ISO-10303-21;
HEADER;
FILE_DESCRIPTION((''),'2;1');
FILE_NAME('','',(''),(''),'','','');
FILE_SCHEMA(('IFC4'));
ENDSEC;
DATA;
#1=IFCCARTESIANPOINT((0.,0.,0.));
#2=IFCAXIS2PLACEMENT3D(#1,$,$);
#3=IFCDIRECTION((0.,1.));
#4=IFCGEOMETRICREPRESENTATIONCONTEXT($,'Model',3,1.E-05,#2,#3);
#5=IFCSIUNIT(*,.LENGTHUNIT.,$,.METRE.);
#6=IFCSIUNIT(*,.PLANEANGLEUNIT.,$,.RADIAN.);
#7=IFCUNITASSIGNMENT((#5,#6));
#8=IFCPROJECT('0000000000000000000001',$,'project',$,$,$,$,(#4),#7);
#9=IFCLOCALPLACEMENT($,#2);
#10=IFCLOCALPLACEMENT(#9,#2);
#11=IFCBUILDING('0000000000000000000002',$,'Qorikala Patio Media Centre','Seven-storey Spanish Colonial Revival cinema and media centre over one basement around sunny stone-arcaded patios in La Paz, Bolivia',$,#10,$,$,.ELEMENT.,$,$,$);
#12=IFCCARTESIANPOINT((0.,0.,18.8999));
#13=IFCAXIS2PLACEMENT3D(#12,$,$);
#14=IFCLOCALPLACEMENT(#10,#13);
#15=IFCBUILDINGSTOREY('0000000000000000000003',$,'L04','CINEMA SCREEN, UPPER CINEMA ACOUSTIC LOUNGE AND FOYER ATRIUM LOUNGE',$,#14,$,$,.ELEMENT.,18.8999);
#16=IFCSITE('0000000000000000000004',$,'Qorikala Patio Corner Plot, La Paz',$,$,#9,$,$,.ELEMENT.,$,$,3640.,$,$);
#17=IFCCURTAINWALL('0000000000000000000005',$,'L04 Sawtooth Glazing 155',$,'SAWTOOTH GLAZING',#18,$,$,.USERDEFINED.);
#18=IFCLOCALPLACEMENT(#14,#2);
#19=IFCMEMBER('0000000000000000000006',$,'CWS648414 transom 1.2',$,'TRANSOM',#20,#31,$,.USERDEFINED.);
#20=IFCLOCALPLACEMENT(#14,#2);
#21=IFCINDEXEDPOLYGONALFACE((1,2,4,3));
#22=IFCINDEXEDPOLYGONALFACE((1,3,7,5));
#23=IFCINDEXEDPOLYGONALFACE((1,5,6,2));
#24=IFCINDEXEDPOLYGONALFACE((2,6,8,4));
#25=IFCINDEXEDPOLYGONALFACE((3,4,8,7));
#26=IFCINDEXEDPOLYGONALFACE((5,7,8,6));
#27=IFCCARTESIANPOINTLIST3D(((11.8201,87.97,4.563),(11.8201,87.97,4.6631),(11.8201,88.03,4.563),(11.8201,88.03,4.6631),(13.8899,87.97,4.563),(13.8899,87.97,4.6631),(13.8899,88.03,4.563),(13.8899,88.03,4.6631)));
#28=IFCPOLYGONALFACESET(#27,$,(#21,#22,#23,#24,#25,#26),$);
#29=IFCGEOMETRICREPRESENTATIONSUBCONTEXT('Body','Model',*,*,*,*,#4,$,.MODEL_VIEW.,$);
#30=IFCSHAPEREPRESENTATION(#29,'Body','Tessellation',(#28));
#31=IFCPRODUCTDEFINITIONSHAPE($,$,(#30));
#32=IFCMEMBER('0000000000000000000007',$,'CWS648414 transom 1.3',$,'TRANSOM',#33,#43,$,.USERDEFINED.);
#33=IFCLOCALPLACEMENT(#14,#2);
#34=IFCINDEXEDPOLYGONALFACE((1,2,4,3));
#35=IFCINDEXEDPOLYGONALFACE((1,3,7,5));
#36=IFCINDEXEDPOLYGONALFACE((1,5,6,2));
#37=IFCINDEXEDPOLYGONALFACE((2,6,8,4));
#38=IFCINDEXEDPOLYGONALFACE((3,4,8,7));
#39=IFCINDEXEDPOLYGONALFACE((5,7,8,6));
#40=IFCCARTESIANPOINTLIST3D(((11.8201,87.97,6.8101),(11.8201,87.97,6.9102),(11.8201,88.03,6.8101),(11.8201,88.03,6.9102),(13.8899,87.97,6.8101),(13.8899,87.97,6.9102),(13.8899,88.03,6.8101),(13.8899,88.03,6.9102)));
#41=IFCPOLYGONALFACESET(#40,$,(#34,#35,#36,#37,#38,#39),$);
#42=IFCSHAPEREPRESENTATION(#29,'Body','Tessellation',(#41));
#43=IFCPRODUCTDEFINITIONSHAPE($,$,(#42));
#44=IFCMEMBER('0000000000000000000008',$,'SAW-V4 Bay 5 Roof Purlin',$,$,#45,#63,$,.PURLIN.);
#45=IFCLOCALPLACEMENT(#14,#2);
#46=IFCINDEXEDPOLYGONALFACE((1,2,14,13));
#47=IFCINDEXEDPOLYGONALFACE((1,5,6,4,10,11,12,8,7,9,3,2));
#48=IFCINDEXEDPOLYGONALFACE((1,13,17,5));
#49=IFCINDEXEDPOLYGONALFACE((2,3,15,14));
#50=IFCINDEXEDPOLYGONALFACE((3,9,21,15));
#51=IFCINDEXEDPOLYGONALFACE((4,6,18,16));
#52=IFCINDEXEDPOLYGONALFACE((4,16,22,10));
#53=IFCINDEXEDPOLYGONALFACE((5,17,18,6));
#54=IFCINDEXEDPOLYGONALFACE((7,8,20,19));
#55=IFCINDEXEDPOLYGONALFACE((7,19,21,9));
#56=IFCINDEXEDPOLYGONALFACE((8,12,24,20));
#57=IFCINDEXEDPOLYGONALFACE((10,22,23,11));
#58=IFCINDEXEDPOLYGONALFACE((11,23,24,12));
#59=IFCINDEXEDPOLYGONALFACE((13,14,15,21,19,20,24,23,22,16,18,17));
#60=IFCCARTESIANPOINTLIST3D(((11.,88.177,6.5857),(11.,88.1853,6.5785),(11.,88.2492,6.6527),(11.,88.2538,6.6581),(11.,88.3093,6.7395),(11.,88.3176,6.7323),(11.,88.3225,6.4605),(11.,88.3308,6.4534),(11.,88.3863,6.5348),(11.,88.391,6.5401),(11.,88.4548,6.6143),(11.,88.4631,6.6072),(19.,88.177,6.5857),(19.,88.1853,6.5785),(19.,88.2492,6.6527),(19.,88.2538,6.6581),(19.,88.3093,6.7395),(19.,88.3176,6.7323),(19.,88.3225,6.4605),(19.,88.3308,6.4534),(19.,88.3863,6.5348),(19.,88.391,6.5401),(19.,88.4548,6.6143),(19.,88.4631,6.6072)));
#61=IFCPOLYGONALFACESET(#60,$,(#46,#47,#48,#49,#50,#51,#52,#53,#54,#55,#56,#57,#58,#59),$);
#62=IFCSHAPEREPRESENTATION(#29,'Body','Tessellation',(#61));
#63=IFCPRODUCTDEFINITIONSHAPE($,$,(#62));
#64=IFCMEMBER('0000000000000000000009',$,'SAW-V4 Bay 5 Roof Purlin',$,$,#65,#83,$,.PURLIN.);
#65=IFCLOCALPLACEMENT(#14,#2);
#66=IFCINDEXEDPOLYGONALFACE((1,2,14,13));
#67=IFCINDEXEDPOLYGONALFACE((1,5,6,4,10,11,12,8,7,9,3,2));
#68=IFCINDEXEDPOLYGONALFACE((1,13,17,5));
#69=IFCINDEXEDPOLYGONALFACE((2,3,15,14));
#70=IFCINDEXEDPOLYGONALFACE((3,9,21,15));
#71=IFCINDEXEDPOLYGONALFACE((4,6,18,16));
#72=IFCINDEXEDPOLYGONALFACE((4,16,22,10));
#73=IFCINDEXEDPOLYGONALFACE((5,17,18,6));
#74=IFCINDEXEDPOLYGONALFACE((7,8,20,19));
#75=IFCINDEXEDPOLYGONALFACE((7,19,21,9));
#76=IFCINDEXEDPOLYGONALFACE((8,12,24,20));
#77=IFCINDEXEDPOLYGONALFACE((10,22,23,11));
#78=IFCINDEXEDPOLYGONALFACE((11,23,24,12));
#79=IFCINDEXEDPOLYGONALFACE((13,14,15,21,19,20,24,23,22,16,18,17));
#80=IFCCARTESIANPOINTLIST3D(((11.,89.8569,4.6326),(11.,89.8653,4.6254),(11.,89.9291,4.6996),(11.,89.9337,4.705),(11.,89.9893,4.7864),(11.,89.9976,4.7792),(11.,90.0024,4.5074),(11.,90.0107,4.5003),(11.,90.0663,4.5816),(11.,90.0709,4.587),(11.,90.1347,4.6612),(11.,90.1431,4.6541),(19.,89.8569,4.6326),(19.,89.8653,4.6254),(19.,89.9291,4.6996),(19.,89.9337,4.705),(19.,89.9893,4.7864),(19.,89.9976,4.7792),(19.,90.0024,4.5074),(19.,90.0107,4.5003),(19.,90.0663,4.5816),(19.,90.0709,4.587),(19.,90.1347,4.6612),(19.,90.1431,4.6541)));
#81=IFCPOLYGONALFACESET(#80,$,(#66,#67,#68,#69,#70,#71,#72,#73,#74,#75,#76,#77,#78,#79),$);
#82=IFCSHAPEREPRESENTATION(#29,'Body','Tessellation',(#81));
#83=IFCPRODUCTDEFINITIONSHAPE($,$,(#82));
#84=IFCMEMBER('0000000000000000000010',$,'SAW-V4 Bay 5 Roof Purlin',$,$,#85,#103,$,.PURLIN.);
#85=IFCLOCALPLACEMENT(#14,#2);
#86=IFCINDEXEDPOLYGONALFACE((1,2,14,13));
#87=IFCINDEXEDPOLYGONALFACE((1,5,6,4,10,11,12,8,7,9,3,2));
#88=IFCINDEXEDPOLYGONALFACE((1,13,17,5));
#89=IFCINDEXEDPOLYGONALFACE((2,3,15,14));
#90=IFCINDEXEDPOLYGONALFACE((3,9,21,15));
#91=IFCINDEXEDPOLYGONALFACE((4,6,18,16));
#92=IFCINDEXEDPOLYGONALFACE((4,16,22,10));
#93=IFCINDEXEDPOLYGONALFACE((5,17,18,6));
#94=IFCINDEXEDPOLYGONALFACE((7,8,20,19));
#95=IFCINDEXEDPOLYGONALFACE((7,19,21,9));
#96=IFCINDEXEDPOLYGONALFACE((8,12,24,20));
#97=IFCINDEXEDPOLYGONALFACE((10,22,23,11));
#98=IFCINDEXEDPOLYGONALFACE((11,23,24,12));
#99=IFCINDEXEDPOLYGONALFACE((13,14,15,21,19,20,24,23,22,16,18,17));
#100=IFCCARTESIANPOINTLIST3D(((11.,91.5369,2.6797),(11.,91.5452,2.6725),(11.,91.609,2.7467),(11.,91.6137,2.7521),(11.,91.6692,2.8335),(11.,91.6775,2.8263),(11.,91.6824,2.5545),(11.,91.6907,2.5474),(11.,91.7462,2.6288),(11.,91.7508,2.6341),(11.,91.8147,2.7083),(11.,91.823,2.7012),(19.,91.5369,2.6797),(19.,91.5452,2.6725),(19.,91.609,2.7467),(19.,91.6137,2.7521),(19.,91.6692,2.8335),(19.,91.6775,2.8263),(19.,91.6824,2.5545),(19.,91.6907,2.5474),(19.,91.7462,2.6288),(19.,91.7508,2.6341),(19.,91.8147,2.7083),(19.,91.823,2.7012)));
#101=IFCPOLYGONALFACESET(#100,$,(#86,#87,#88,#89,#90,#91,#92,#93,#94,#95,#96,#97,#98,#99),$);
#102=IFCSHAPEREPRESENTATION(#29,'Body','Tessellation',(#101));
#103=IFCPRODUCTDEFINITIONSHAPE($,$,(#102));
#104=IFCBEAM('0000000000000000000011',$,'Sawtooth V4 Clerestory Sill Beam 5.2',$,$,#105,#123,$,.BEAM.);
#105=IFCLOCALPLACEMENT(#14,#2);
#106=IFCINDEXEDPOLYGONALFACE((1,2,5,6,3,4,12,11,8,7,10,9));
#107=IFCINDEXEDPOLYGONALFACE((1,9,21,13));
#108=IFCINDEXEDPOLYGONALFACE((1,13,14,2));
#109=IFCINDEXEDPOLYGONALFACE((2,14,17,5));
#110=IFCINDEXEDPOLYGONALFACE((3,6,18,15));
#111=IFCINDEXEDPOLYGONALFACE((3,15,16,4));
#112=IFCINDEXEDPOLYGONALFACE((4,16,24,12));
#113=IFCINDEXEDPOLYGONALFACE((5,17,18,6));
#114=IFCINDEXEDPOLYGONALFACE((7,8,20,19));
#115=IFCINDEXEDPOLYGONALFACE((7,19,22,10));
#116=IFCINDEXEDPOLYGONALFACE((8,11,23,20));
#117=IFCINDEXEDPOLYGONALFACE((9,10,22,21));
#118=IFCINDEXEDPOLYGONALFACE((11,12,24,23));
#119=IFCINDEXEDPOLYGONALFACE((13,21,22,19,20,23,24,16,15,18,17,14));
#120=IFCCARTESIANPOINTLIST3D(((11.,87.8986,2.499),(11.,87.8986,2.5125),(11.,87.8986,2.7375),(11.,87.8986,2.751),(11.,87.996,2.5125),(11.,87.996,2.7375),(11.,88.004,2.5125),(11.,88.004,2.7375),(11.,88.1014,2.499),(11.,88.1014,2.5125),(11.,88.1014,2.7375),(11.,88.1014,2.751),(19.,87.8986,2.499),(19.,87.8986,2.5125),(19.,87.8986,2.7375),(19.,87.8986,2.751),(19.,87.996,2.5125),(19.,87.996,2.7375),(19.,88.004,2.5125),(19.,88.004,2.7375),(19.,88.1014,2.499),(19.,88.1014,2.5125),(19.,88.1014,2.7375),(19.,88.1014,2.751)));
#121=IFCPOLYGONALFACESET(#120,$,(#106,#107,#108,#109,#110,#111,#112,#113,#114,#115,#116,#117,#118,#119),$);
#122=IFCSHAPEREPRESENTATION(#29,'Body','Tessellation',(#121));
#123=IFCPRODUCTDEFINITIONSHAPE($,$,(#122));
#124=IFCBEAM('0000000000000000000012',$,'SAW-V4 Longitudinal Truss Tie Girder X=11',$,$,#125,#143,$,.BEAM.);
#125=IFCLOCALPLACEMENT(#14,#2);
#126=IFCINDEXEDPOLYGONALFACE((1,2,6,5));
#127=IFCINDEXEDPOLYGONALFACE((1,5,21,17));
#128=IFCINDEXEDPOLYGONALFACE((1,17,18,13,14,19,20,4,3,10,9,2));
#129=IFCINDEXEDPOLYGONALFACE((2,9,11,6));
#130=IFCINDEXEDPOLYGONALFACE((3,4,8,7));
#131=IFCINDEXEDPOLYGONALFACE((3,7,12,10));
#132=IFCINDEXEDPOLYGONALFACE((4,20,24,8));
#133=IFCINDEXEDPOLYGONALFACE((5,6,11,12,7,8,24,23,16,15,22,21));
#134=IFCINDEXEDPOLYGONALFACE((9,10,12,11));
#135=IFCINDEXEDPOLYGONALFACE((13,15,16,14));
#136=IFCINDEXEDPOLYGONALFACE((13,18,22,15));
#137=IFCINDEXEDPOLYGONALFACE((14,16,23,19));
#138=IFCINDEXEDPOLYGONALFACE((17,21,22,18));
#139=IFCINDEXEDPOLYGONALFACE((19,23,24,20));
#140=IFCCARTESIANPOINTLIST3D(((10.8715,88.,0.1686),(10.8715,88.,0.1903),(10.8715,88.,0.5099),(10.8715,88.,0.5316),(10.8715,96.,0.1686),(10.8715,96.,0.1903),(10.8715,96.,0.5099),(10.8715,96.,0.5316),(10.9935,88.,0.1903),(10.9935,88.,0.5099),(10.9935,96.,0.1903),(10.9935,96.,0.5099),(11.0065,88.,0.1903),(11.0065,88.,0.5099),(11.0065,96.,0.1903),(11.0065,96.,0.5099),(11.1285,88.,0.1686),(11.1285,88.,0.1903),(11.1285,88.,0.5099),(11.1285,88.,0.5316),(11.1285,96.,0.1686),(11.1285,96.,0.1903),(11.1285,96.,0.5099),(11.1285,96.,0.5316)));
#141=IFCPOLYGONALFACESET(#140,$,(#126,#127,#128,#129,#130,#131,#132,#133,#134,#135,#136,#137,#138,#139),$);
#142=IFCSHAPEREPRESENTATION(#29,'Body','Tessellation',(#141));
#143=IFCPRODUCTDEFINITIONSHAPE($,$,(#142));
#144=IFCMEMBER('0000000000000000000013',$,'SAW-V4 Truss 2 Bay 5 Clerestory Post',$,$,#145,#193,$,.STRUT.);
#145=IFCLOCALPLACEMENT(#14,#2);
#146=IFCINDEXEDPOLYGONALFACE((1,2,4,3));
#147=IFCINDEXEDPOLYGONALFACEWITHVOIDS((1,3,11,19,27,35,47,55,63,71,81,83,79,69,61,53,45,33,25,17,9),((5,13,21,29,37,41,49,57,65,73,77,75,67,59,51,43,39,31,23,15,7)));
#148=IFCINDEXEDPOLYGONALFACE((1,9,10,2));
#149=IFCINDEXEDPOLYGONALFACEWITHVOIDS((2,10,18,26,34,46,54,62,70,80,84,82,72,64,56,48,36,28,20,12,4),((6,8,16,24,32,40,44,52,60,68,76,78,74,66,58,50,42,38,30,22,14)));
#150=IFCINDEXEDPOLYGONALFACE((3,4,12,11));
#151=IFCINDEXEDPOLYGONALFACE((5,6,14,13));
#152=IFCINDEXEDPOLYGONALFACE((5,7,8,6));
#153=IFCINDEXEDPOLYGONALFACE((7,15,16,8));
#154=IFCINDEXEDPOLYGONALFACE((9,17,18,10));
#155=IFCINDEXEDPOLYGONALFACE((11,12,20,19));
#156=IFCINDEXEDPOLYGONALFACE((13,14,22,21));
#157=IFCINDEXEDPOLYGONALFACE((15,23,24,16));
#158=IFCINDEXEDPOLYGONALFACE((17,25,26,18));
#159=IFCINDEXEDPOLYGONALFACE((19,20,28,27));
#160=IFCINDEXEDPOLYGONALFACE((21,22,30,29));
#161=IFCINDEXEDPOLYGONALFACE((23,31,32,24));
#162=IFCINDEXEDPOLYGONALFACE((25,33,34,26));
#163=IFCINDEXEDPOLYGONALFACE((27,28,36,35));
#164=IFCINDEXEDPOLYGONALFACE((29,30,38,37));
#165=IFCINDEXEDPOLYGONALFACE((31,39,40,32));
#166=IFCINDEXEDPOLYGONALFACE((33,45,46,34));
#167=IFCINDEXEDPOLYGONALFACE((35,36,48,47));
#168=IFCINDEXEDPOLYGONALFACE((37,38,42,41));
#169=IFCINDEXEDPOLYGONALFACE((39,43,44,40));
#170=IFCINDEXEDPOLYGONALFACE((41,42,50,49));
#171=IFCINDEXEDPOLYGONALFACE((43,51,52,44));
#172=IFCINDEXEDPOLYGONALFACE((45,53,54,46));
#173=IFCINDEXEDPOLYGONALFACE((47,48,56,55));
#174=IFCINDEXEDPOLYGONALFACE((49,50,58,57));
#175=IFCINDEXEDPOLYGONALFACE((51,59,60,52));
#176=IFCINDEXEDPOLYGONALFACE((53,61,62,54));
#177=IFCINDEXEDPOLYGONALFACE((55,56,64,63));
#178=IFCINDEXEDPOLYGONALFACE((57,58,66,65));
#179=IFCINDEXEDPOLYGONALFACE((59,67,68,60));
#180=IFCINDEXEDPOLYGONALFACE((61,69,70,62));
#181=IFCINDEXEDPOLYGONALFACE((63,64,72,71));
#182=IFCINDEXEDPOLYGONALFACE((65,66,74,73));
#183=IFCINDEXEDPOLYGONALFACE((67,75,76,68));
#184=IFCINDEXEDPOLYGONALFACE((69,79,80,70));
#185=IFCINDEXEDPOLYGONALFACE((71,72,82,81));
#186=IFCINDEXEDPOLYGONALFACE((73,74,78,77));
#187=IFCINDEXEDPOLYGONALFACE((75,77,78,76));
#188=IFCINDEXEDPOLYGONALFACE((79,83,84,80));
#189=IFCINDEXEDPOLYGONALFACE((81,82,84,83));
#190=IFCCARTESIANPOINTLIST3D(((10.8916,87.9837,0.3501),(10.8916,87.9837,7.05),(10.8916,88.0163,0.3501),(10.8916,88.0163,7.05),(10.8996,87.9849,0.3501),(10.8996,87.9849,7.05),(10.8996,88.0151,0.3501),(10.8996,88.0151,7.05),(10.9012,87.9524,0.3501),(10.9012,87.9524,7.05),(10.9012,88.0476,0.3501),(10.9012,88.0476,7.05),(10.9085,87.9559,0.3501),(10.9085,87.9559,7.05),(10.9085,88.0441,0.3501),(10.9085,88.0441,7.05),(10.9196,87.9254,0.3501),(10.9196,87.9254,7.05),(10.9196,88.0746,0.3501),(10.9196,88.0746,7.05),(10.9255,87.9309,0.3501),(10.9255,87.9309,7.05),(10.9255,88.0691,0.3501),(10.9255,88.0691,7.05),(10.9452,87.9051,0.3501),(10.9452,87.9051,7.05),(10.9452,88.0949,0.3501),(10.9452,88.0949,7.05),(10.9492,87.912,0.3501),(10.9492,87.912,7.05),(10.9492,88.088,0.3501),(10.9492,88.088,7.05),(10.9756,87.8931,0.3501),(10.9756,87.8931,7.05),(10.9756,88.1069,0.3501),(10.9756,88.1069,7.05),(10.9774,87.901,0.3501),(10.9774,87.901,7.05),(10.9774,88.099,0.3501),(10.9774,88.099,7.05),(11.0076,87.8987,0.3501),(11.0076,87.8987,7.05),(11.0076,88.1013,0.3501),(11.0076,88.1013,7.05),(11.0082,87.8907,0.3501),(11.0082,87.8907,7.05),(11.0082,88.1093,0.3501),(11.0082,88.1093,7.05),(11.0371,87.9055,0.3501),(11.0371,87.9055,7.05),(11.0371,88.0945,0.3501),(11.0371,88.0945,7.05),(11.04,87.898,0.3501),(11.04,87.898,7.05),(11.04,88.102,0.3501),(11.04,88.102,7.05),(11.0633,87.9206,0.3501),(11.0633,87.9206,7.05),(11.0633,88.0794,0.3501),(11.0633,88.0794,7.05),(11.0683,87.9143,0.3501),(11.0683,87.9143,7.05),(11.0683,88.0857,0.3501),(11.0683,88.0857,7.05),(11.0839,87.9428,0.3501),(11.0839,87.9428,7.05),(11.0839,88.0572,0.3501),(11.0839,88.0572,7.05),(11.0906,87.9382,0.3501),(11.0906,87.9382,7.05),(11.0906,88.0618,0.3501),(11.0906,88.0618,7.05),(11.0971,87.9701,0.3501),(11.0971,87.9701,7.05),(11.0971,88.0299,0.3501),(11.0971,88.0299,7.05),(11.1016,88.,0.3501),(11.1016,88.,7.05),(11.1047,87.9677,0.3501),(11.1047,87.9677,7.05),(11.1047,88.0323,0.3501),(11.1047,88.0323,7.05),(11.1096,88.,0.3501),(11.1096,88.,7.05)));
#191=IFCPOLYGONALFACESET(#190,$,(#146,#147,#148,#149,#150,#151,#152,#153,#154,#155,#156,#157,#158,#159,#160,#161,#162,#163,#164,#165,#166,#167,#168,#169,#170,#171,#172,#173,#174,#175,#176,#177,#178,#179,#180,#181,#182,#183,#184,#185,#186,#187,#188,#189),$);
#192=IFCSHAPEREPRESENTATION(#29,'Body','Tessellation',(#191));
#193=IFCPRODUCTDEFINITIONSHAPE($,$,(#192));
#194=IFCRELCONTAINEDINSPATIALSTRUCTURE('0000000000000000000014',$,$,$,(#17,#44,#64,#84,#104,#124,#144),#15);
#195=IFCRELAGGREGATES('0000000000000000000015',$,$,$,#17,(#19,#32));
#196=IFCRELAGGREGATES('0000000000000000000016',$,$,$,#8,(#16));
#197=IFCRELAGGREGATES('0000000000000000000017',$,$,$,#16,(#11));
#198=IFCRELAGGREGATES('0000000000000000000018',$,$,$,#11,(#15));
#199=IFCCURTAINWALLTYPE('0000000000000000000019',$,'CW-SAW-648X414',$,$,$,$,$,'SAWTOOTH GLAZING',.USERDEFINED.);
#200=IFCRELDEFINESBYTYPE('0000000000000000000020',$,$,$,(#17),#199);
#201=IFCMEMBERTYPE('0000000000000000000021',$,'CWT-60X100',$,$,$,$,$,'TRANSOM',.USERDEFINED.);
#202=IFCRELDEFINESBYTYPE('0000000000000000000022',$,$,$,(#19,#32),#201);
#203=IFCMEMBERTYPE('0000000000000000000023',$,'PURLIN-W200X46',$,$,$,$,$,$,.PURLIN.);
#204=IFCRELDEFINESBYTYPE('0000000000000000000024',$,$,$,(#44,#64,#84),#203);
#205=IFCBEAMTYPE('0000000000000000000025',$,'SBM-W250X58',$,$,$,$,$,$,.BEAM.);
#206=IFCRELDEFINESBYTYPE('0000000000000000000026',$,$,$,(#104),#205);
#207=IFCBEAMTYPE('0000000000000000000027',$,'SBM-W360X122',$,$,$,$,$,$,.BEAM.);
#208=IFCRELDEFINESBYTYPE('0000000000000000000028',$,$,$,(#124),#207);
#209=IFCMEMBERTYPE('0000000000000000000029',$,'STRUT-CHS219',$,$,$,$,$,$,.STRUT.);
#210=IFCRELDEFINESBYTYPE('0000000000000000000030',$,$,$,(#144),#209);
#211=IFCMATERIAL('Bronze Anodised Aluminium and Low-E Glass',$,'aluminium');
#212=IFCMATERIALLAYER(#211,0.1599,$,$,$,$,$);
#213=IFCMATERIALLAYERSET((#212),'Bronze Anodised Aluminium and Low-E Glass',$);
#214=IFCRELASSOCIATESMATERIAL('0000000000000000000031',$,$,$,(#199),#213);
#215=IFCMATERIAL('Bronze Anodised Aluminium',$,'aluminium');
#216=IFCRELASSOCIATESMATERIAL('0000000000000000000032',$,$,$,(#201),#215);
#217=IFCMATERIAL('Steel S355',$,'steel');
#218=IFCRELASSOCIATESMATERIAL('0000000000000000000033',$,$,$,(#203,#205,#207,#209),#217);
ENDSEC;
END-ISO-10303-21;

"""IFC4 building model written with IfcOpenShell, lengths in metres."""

from ifc_helpers import new_model, si_unit, direction, frame, origin, origin_2d, place, context, subcontext, project, spatial, rectangle, hollow_circle, i_section, extrude, material, layer, layer_set, material_profile, profile_set, type_object, element, aggregate, save


model = new_model("IFC4")

# Units and contexts
model_context = context("Model", 3, precision=1e-05, world=origin(), true_north=direction((0.0, 1.0)))
body_context = subcontext(model_context, "Body", "Model", "MODEL_VIEW")
ifc_project = project(units=[si_unit("LENGTHUNIT", "METRE"), si_unit("PLANEANGLEUNIT", "RADIAN")], contexts=[model_context])

# Site, building, storey
site_placement = place(None, origin())
site = spatial("IfcSite", under=ifc_project, at=site_placement, Name="Qorikala Patio Corner Plot, La Paz", CompositionType="ELEMENT", RefElevation=3640.0)
building_placement = place(site_placement, origin())
building = spatial("IfcBuilding", under=site, at=building_placement, Name="Qorikala Patio Media Centre", Description="Seven-storey Spanish Colonial Revival cinema and media centre over one basement around sunny stone-arcaded patios in La Paz, Bolivia", CompositionType="ELEMENT")
storey_placement = place(building_placement, frame((0.0, 0.0, 18.8999)))
storey = spatial("IfcBuildingStorey", under=building, at=storey_placement, Name="L04", Description="CINEMA SCREEN, UPPER CINEMA ACOUSTIC LOUNGE AND FOYER ATRIUM LOUNGE", CompositionType="ELEMENT", Elevation=18.8999)

# Shared definitions
ifc_material_1 = material(Name="Steel S355", Category="steel")

# Shared definitions
ifc_material_2 = material(Name="Bronze Anodised Aluminium and Low-E Glass", Category="aluminium")
ifc_material_3 = material(Name="Bronze Anodised Aluminium", Category="aluminium")

# Curtain wall
ifc_layer_1 = layer(ifc_material_2, 0.1599)
ifc_layer_set_1 = layer_set([ifc_layer_1], Name="Bronze Anodised Aluminium and Low-E Glass")
curtain_wall_type_1 = type_object("IfcCurtainWallType", Name="CW-SAW-648X414", ElementType="SAWTOOTH GLAZING", PredefinedType="USERDEFINED", material=ifc_layer_set_1)
curtain_wall_1_placement = place(storey_placement, origin())
curtain_wall_1 = element("IfcCurtainWall", 1, at=curtain_wall_1_placement, inside=storey, type_object=curtain_wall_type_1, Name="L04 Sawtooth Glazing 155", ObjectType="SAWTOOTH GLAZING", PredefinedType="USERDEFINED")

# Members
ifc_material_profile_1 = material_profile(ifc_material_3, rectangle(XDim=0.0601, YDim=0.1001, at=origin_2d()), Name="ALU TRANSOM 60x100")
ifc_profile_set_1 = profile_set([ifc_material_profile_1], Name="Bronze Anodised Aluminium")
member_type_1 = type_object("IfcMemberType", Name="CWT-60X100", ElementType="TRANSOM", PredefinedType="USERDEFINED", material=ifc_profile_set_1)
member_1_placement = place(storey_placement, frame((11.8201, 88.0, 4.613), z_axis=(1.0, 0.0, 0.0), x_axis=(0.0, 1.0, 0.0)))
member_1 = element("IfcMember", 2, at=member_1_placement, type_object=member_type_1, Name="CWS648414 transom 1.2", ObjectType="TRANSOM", PredefinedType="USERDEFINED", context=body_context, shape_type="SweptSolid", body=[
    extrude(rectangle(XDim=0.0601, YDim=0.1001, at=origin_2d()), origin(), (0.0, 0.0, 1.0), 2.0698),
])
member_2_placement = place(storey_placement, frame((11.8201, 88.0, 6.8601), z_axis=(1.0, 0.0, 0.0), x_axis=(0.0, 1.0, 0.0)))
member_2 = element("IfcMember", 3, at=member_2_placement, type_object=member_type_1, Name="CWS648414 transom 1.3", ObjectType="TRANSOM", PredefinedType="USERDEFINED", context=body_context, shape_type="SweptSolid", body=[
    extrude(rectangle(XDim=0.0601, YDim=0.1001, at=origin_2d()), origin(), (0.0, 0.0, 1.0), 2.0698),
])

# Members
ifc_material_profile_2 = material_profile(ifc_material_1, i_section(OverallWidth=0.2029, OverallDepth=0.2029, WebThickness=0.0071, FlangeThickness=0.011, at=origin_2d()), Name="W200X46")
ifc_profile_set_2 = profile_set([ifc_material_profile_2], Name="Steel S355")
member_type_2 = type_object("IfcMemberType", Name="PURLIN-W200X46", PredefinedType="PURLIN", material=ifc_profile_set_2)
for number, where, z_axis, x_axis, name in (
    (4, (11.0, 88.3201, 6.5964), (1.0, 0.0, 0.0), (0.0, 0.652138, 0.7581), "SAW-V4 Bay 5 Roof Purlin"),
    (5, (11.0, 90.0, 4.6433), (1.0, 0.0, 0.0), (0.0, 0.652138, 0.7581), "SAW-V4 Bay 5 Roof Purlin"),
    (6, (11.0, 91.6799, 2.6904), (1.0, 0.0, 0.0), (0.0, 0.652138, 0.7581), "SAW-V4 Bay 5 Roof Purlin"),
):
    element("IfcMember", number, at=place(storey_placement, frame(where, z_axis=z_axis, x_axis=x_axis)), inside=storey, type_object=member_type_2, Name=name, PredefinedType="PURLIN", context=body_context, shape_type="SweptSolid", body=[
        extrude(i_section(OverallWidth=0.2029, OverallDepth=0.2029, WebThickness=0.0071, FlangeThickness=0.011, at=origin_2d()), origin(), (0.0, 0.0, 1.0), 8.0),
    ])

# Beams
ifc_material_profile_3 = material_profile(ifc_material_1, i_section(OverallWidth=0.2029, OverallDepth=0.252, WebThickness=0.0081, FlangeThickness=0.0134, at=origin_2d()), Name="W250X58")
ifc_profile_set_3 = profile_set([ifc_material_profile_3], Name="Steel S355")
beam_type_1 = type_object("IfcBeamType", Name="SBM-W250X58", PredefinedType="BEAM", material=ifc_profile_set_3)
beam_1_placement = place(storey_placement, frame((11.0, 88.0, 2.625), z_axis=(1.0, 0.0, 0.0), x_axis=(0.0, 1.0, 0.0)))
element("IfcBeam", 7, at=beam_1_placement, inside=storey, type_object=beam_type_1, Name="Sawtooth V4 Clerestory Sill Beam 5.2", PredefinedType="BEAM", context=body_context, shape_type="SweptSolid", body=[
    extrude(i_section(OverallWidth=0.2029, OverallDepth=0.252, WebThickness=0.0081, FlangeThickness=0.0134, at=origin_2d()), origin(), (0.0, 0.0, 1.0), 8.0),
])
ifc_material_profile_4 = material_profile(ifc_material_1, i_section(OverallWidth=0.2571, OverallDepth=0.363, WebThickness=0.0129, FlangeThickness=0.0217, at=origin_2d()), Name="W360X122")
ifc_profile_set_4 = profile_set([ifc_material_profile_4], Name="Steel S355")
beam_type_2 = type_object("IfcBeamType", Name="SBM-W360X122", PredefinedType="BEAM", material=ifc_profile_set_4)
beam_2_placement = place(storey_placement, frame((11.0, 88.0, 0.3501), z_axis=(0.0, 1.0, 0.0), x_axis=(-1.0, 0.0, 0.0)))
element("IfcBeam", 8, at=beam_2_placement, inside=storey, type_object=beam_type_2, Name="SAW-V4 Longitudinal Truss Tie Girder X=11", PredefinedType="BEAM", context=body_context, shape_type="SweptSolid", body=[
    extrude(i_section(OverallWidth=0.2571, OverallDepth=0.363, WebThickness=0.0129, FlangeThickness=0.0217, at=origin_2d()), origin(), (0.0, 0.0, 1.0), 8.0),
])

# Member
ifc_material_profile_5 = material_profile(ifc_material_1, hollow_circle(Radius=0.1096, WallThickness=0.0081, at=origin_2d()), Name="CHS219X8")
ifc_profile_set_5 = profile_set([ifc_material_profile_5], Name="Steel S355")
member_type_3 = type_object("IfcMemberType", Name="STRUT-CHS219", PredefinedType="STRUT", material=ifc_profile_set_5)
member_3_placement = place(storey_placement, frame((11.0, 88.0, 0.3501), z_axis=(0.0, 0.0, 1.0), x_axis=(1.0, 0.0, 0.0)))
element("IfcMember", 9, at=member_3_placement, inside=storey, type_object=member_type_3, Name="SAW-V4 Truss 2 Bay 5 Clerestory Post", PredefinedType="STRUT", context=body_context, shape_type="SweptSolid", body=[
    extrude(hollow_circle(Radius=0.1096, WallThickness=0.0081, at=origin_2d()), origin(), (0.0, 0.0, 1.0), 6.7),
])

aggregate(curtain_wall_1, [member_1, member_2])

save(model, "model.ifc")
